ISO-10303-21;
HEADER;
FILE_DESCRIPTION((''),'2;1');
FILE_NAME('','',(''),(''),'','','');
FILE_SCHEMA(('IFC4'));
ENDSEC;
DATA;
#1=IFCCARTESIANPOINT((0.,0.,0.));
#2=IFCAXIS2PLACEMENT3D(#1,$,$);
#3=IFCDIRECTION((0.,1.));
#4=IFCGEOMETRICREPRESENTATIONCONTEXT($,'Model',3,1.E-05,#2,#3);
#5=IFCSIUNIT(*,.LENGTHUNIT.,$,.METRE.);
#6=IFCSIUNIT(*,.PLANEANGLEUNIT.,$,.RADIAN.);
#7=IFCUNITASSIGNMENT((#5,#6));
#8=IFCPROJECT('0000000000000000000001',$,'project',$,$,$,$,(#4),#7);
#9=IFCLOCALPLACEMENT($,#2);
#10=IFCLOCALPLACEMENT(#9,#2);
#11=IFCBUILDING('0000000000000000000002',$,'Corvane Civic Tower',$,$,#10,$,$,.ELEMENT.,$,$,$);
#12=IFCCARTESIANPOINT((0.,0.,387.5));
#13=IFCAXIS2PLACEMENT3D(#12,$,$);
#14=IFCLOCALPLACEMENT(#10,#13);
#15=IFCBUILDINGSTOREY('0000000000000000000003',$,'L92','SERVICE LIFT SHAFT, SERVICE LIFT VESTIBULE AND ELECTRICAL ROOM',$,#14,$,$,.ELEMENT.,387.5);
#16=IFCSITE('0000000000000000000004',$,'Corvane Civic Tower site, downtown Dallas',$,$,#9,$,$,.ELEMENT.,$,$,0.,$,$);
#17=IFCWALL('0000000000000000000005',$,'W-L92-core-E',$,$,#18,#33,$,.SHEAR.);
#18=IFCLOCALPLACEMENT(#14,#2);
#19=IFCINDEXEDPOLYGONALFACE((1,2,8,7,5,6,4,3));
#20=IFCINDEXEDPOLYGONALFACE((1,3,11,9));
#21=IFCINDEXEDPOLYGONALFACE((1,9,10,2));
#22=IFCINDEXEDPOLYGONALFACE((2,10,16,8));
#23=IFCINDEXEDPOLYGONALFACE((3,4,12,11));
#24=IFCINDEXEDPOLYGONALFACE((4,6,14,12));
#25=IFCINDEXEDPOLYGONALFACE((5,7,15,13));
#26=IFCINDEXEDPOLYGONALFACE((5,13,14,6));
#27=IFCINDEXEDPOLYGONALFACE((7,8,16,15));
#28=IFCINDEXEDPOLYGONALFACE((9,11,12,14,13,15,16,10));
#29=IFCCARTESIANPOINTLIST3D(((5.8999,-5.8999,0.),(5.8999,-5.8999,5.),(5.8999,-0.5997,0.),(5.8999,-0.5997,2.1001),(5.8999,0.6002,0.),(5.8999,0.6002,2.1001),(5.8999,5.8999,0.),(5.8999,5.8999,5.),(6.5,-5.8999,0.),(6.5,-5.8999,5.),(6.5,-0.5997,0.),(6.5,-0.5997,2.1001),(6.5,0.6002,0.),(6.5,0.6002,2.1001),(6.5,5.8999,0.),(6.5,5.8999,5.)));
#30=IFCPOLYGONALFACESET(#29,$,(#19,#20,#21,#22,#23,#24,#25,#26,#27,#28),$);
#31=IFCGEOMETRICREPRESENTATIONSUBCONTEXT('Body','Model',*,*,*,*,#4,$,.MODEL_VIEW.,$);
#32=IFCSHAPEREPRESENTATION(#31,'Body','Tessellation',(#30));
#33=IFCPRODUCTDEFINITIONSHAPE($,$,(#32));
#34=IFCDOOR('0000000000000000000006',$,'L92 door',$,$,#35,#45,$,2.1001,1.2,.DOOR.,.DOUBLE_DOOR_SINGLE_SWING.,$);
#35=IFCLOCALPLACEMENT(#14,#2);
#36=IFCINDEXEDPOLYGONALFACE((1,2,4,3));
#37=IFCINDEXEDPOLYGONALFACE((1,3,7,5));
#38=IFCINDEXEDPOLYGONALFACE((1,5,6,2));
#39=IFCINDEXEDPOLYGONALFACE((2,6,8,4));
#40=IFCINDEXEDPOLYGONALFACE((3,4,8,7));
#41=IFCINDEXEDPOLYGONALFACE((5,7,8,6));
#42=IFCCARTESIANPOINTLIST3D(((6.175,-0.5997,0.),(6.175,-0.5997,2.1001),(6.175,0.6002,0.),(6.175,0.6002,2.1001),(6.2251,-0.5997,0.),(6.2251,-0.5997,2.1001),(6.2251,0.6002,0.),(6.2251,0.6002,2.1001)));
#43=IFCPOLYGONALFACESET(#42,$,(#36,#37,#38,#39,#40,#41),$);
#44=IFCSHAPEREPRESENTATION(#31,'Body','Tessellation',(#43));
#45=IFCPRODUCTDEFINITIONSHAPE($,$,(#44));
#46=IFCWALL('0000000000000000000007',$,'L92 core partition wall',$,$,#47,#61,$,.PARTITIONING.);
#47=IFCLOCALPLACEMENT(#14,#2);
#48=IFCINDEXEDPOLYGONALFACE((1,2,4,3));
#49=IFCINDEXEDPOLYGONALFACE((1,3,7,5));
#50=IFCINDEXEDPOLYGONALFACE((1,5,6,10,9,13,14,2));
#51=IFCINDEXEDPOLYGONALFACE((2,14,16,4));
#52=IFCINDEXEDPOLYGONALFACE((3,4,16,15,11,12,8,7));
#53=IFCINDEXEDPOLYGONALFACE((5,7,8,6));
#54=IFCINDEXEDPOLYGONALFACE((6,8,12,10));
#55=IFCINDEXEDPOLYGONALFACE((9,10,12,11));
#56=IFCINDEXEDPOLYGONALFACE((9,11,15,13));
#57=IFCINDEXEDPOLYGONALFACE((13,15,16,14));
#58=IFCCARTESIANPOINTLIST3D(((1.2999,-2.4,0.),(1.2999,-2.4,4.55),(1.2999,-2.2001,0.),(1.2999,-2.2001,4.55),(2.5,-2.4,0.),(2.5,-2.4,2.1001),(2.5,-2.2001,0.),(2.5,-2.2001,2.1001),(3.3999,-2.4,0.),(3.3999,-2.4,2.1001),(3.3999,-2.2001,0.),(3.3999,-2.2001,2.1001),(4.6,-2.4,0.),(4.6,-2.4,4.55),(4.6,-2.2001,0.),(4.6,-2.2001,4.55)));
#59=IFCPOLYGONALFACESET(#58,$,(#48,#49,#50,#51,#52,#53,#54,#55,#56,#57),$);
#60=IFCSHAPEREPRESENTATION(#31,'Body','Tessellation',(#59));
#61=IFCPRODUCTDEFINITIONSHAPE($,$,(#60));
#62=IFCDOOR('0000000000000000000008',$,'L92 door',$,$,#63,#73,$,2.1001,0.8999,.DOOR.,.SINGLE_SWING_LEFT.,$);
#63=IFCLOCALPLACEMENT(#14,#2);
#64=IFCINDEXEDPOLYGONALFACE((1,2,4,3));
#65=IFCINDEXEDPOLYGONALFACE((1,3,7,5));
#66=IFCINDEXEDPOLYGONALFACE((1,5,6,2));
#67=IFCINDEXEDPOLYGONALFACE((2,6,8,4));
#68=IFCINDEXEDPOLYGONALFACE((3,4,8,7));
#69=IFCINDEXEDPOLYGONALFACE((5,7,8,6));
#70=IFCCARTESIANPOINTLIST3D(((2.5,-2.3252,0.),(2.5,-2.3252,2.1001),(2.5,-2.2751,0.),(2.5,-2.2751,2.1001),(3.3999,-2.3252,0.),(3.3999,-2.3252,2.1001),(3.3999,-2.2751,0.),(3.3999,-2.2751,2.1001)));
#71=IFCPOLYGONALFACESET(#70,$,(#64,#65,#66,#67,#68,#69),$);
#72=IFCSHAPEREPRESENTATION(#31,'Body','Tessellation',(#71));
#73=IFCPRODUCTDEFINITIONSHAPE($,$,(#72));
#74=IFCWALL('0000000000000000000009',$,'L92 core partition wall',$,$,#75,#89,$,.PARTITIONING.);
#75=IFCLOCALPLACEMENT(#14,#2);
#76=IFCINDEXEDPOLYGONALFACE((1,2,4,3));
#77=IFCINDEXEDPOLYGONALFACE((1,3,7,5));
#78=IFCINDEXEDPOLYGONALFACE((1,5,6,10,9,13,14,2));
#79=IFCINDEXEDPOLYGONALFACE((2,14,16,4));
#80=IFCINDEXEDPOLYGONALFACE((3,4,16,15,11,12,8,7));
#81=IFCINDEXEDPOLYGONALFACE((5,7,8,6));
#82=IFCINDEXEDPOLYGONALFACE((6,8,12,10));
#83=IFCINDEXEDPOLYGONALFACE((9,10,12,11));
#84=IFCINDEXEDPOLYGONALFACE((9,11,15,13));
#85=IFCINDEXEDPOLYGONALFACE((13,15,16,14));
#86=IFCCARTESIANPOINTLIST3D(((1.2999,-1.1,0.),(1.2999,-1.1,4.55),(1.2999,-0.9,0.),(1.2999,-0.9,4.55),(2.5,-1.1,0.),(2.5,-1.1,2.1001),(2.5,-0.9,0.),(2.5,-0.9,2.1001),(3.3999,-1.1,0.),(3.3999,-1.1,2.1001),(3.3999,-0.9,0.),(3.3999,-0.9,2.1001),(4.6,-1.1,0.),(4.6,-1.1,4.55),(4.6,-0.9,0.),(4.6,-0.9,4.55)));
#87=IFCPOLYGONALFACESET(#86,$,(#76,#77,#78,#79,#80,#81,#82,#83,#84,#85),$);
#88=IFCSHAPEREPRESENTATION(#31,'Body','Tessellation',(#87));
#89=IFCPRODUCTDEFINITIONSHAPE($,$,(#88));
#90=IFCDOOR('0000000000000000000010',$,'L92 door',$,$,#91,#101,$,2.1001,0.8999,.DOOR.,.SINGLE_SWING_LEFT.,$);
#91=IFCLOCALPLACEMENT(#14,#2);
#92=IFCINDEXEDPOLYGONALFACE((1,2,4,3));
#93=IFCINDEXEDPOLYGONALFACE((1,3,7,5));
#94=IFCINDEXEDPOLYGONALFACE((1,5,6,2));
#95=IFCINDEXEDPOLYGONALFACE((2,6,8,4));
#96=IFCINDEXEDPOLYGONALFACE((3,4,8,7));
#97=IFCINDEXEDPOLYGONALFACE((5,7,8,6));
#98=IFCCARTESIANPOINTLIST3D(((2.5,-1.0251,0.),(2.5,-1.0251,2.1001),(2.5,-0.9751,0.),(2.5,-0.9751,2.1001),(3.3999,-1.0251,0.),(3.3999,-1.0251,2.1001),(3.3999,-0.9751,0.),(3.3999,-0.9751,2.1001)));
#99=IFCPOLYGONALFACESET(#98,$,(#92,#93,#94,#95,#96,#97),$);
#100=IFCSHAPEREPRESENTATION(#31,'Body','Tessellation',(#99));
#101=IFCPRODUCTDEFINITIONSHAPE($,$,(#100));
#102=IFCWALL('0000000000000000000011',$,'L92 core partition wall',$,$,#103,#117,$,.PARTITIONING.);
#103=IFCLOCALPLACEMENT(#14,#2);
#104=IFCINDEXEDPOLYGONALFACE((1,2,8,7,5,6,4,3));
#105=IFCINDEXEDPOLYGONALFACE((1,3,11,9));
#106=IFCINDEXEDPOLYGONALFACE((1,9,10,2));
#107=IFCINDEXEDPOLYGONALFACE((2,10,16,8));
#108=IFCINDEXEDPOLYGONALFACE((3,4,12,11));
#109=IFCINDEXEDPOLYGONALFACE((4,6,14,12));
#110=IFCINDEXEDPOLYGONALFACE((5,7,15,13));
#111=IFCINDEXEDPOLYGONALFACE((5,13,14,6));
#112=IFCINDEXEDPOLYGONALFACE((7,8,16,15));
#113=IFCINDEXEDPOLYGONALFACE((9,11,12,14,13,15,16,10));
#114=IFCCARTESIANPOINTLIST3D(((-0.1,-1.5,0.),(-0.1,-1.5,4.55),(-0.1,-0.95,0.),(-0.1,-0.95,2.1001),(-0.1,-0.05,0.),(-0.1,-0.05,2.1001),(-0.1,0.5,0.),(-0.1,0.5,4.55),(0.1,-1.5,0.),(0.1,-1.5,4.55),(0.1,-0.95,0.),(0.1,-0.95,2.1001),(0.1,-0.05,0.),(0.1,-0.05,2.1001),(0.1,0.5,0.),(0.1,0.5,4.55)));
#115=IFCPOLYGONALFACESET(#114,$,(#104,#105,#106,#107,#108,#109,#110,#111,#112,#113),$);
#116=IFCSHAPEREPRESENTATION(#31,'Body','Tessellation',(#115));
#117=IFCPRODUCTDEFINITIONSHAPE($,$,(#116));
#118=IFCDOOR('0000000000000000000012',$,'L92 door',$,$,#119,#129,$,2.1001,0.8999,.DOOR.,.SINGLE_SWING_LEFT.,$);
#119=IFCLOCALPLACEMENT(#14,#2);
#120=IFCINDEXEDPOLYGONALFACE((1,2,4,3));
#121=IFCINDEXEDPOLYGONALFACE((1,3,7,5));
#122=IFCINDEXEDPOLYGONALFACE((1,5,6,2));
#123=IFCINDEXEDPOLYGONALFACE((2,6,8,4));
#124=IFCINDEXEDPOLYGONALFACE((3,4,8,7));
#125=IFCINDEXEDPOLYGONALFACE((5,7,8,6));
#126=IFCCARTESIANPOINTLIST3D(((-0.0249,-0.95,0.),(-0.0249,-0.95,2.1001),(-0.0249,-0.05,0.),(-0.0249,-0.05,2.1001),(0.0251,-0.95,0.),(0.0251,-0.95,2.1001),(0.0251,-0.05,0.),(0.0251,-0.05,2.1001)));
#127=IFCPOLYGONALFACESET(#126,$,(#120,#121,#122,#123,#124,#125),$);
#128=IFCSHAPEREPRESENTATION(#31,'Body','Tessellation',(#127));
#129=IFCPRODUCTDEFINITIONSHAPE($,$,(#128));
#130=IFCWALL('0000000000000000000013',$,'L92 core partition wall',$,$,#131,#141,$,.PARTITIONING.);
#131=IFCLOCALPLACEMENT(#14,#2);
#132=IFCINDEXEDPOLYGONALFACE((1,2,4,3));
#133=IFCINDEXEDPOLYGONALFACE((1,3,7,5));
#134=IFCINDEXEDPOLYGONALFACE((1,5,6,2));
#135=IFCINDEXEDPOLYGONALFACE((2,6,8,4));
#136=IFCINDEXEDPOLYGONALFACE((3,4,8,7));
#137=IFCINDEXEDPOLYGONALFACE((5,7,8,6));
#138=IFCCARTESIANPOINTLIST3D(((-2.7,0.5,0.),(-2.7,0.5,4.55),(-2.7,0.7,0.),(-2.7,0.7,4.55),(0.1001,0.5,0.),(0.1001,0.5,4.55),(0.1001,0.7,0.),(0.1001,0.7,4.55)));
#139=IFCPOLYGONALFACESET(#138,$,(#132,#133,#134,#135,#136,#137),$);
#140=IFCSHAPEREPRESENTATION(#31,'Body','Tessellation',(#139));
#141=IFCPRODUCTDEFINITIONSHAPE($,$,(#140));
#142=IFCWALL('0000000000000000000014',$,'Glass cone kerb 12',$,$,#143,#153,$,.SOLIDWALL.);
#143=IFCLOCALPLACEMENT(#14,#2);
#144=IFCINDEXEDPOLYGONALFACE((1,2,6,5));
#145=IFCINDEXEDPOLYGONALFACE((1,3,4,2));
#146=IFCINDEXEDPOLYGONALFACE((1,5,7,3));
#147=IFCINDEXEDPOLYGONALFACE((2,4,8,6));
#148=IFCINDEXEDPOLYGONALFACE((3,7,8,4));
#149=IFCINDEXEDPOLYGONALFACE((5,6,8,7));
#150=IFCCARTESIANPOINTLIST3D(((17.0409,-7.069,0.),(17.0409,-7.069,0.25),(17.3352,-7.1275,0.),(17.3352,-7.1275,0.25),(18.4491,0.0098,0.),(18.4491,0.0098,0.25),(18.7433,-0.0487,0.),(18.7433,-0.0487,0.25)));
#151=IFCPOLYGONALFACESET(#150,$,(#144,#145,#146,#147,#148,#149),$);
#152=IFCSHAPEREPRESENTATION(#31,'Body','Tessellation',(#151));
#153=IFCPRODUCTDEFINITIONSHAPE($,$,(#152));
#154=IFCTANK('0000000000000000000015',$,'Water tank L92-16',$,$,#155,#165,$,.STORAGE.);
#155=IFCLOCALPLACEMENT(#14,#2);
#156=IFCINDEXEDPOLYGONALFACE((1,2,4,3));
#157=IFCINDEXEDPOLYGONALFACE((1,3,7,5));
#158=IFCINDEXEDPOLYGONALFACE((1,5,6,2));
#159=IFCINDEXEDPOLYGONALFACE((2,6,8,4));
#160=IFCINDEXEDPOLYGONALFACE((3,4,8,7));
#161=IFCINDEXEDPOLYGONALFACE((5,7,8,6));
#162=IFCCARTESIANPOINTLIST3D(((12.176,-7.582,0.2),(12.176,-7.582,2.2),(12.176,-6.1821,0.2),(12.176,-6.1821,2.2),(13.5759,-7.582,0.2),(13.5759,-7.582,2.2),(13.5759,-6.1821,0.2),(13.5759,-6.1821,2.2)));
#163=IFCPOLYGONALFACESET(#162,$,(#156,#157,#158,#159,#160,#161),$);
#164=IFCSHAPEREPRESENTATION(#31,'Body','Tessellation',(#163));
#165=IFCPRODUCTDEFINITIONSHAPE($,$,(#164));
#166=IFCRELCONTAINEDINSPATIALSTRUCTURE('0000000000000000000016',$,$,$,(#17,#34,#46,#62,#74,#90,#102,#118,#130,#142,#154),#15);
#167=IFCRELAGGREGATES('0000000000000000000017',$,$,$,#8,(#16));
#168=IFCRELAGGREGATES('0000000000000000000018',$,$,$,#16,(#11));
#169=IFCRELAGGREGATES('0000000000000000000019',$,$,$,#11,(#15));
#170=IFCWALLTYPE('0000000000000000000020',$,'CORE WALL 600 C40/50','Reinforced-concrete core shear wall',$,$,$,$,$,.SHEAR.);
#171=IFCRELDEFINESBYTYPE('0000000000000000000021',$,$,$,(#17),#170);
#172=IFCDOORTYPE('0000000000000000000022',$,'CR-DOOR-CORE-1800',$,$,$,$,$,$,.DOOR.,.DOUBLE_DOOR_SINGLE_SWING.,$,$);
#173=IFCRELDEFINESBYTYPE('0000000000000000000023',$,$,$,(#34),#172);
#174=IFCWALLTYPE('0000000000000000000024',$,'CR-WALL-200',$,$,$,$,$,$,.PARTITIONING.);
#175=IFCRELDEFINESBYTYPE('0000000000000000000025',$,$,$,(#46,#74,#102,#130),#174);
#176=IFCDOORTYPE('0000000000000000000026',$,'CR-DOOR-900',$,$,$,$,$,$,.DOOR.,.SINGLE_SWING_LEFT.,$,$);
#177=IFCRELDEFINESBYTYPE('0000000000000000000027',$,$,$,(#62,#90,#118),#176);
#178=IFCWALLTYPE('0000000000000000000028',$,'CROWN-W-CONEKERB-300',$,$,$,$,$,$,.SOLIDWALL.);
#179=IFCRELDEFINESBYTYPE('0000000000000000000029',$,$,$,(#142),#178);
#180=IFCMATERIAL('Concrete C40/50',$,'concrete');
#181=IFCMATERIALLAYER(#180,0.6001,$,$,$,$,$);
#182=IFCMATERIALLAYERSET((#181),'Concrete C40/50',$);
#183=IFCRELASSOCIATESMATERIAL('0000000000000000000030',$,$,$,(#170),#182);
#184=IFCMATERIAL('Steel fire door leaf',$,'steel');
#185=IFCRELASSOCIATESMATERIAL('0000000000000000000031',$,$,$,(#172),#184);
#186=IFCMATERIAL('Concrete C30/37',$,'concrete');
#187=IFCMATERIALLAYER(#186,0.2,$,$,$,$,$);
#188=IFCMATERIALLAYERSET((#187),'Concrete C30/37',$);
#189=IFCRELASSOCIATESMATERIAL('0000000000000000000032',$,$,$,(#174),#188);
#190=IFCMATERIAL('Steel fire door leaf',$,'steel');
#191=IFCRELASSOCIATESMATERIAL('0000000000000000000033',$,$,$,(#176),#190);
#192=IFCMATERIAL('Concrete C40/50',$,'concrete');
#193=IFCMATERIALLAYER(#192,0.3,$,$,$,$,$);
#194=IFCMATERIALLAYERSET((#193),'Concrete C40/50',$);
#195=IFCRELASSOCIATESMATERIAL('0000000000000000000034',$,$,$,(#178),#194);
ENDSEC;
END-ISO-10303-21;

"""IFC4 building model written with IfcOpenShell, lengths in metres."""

from ifc_helpers import new_model, si_unit, direction, frame, frame_2d, origin, origin_2d, place, context, subcontext, project, spatial, polyline, rectangle, outline, extrude, material, layer, layer_set, type_object, element, fill, save


model = new_model("IFC4")

# Units and contexts
model_context = context("Model", 3, precision=1e-05, world=origin(), true_north=direction((0.0, 1.0)))
body_context = subcontext(model_context, "Body", "Model", "MODEL_VIEW")
ifc_project = project(units=[si_unit("LENGTHUNIT", "METRE"), si_unit("PLANEANGLEUNIT", "RADIAN")], contexts=[model_context])

# Site, building, storey
site_placement = place(None, origin())
site = spatial("IfcSite", under=ifc_project, at=site_placement, Name="Corvane Civic Tower site, downtown Dallas", CompositionType="ELEMENT", RefElevation=0.0)
building_placement = place(site_placement, origin())
building = spatial("IfcBuilding", under=site, at=building_placement, Name="Corvane Civic Tower", CompositionType="ELEMENT")
storey_placement = place(building_placement, frame((0.0, 0.0, 387.5)))
storey = spatial("IfcBuildingStorey", under=building, at=storey_placement, Name="L92", Description="SERVICE LIFT SHAFT, SERVICE LIFT VESTIBULE AND ELECTRICAL ROOM", CompositionType="ELEMENT", Elevation=387.5)

# Walls, openings, doors
ifc_material_1 = material(Name="Concrete C40/50", Category="concrete")
ifc_layer_1 = layer(ifc_material_1, 0.6001)
ifc_layer_set_1 = layer_set([ifc_layer_1], Name="Concrete C40/50")
wall_type_1 = type_object("IfcWallType", Name="CORE WALL 600 C40/50", Description="Reinforced-concrete core shear wall", PredefinedType="SHEAR", material=ifc_layer_set_1)
wall_1_placement = place(storey_placement, frame((6.2, -5.8999, 0.0), z_axis=(0.0, 0.0, 1.0), x_axis=(0.0, 1.0, 0.0)))
wall_1 = element("IfcWall", 1, at=wall_1_placement, inside=storey, type_object=wall_type_1, Name="W-L92-core-E", PredefinedType="SHEAR", context=body_context, shape_type="SweptSolid", body=[
    extrude(rectangle(XDim=11.7998, YDim=0.6001, at=frame_2d((5.8999, 0.0))), origin(), (0.0, 0.0, 1.0), 5.0),
])
opening_1_placement = place(wall_1_placement, frame((5.3, 0.0, 0.0)))
opening_1 = element("IfcOpeningElement", 2, at=opening_1_placement, cuts=wall_1, PredefinedType="OPENING", context=body_context, shape_type="SweptSolid", body=[
    extrude(rectangle(XDim=1.2, YDim=2.1001, at=frame_2d((0.6001, 1.05))), frame((0.0, 0.3101, 0.0), z_axis=(0.0, -1.0, 0.0), x_axis=(1.0, 0.0, 0.0)), (0.0, 0.0, 1.0), 0.6201),
])
ifc_material_2 = material(Name="Steel fire door leaf", Category="steel")
door_type_1 = type_object("IfcDoorType", Name="CR-DOOR-CORE-1800", OperationType="DOUBLE_DOOR_SINGLE_SWING", PredefinedType="DOOR", material=ifc_material_2)
door_1_placement = place(opening_1_placement, origin())
door_1 = element("IfcDoor", 3, at=door_1_placement, inside=storey, type_object=door_type_1, Name="L92 door", OperationType="DOUBLE_DOOR_SINGLE_SWING", OverallHeight=2.1001, OverallWidth=1.2, PredefinedType="DOOR", context=body_context, shape_type="SweptSolid", body=[
    extrude(rectangle(XDim=1.2, YDim=2.1001, at=frame_2d((0.6001, 1.05))), frame((0.0, 0.0249, 0.0), z_axis=(0.0, -1.0, 0.0), x_axis=(1.0, 0.0, 0.0)), (0.0, 0.0, 1.0), 0.05),
])
fill(opening_1, door_1)
ifc_material_3 = material(Name="Concrete C30/37", Category="concrete")
ifc_layer_2 = layer(ifc_material_3, 0.2)
ifc_layer_set_2 = layer_set([ifc_layer_2], Name="Concrete C30/37")
wall_type_2 = type_object("IfcWallType", Name="CR-WALL-200", PredefinedType="PARTITIONING", material=ifc_layer_set_2)
wall_2_placement = place(storey_placement, frame((1.3, -2.3, 0.0), z_axis=(0.0, 0.0, 1.0), x_axis=(1.0, 0.0, 0.0)))
wall_2 = element("IfcWall", 4, at=wall_2_placement, inside=storey, type_object=wall_type_2, Name="L92 core partition wall", PredefinedType="PARTITIONING", context=body_context, shape_type="SweptSolid", body=[
    extrude(rectangle(XDim=3.3, YDim=0.2, at=frame_2d((1.6499, 0.0))), origin(), (0.0, 0.0, 1.0), 4.55),
])
opening_2_placement = place(wall_2_placement, frame((1.2, 0.0, 0.0)))
opening_2 = element("IfcOpeningElement", 5, at=opening_2_placement, cuts=wall_2, PredefinedType="OPENING", context=body_context, shape_type="SweptSolid", body=[
    extrude(rectangle(XDim=0.8999, YDim=2.1001, at=frame_2d((0.45, 1.05))), frame((0.0, 0.1099, 0.0), z_axis=(0.0, -1.0, 0.0), x_axis=(1.0, 0.0, 0.0)), (0.0, 0.0, 1.0), 0.22),
])
ifc_material_4 = material(Name="Steel fire door leaf", Category="steel")
door_type_2 = type_object("IfcDoorType", Name="CR-DOOR-900", OperationType="SINGLE_SWING_LEFT", PredefinedType="DOOR", material=ifc_material_4)
door_2_placement = place(opening_2_placement, origin())
door_2 = element("IfcDoor", 6, at=door_2_placement, inside=storey, type_object=door_type_2, Name="L92 door", OperationType="SINGLE_SWING_LEFT", OverallHeight=2.1001, OverallWidth=0.8999, PredefinedType="DOOR", context=body_context, shape_type="SweptSolid", body=[
    extrude(rectangle(XDim=0.8999, YDim=2.1001, at=frame_2d((0.45, 1.05))), frame((0.0, 0.0249, 0.0), z_axis=(0.0, -1.0, 0.0), x_axis=(1.0, 0.0, 0.0)), (0.0, 0.0, 1.0), 0.05),
])
fill(opening_2, door_2)
wall_3_placement = place(storey_placement, frame((1.3, -1.0, 0.0), z_axis=(0.0, 0.0, 1.0), x_axis=(1.0, 0.0, 0.0)))
wall_3 = element("IfcWall", 7, at=wall_3_placement, inside=storey, type_object=wall_type_2, Name="L92 core partition wall", PredefinedType="PARTITIONING", context=body_context, shape_type="SweptSolid", body=[
    extrude(rectangle(XDim=3.3, YDim=0.2, at=frame_2d((1.6499, 0.0))), origin(), (0.0, 0.0, 1.0), 4.55),
])
opening_3_placement = place(wall_3_placement, frame((1.2, 0.0, 0.0)))
opening_3 = element("IfcOpeningElement", 8, at=opening_3_placement, cuts=wall_3, PredefinedType="OPENING", context=body_context, shape_type="SweptSolid", body=[
    extrude(rectangle(XDim=0.8999, YDim=2.1001, at=frame_2d((0.45, 1.05))), frame((0.0, 0.1099, 0.0), z_axis=(0.0, -1.0, 0.0), x_axis=(1.0, 0.0, 0.0)), (0.0, 0.0, 1.0), 0.22),
])
door_3_placement = place(opening_3_placement, origin())
door_3 = element("IfcDoor", 9, at=door_3_placement, inside=storey, type_object=door_type_2, Name="L92 door", OperationType="SINGLE_SWING_LEFT", OverallHeight=2.1001, OverallWidth=0.8999, PredefinedType="DOOR", context=body_context, shape_type="SweptSolid", body=[
    extrude(rectangle(XDim=0.8999, YDim=2.1001, at=frame_2d((0.45, 1.05))), frame((0.0, 0.0249, 0.0), z_axis=(0.0, -1.0, 0.0), x_axis=(1.0, 0.0, 0.0)), (0.0, 0.0, 1.0), 0.05),
])
fill(opening_3, door_3)
wall_4_placement = place(storey_placement, frame((0.0, -1.5, 0.0), z_axis=(0.0, 0.0, 1.0), x_axis=(0.0, 1.0, 0.0)))
wall_4 = element("IfcWall", 10, at=wall_4_placement, inside=storey, type_object=wall_type_2, Name="L92 core partition wall", PredefinedType="PARTITIONING", context=body_context, shape_type="SweptSolid", body=[
    extrude(rectangle(XDim=2.0, YDim=0.2, at=frame_2d((1.0, 0.0))), origin(), (0.0, 0.0, 1.0), 4.55),
])
opening_4_placement = place(wall_4_placement, frame((0.55, 0.0, 0.0)))
opening_4 = element("IfcOpeningElement", 11, at=opening_4_placement, cuts=wall_4, PredefinedType="OPENING", context=body_context, shape_type="SweptSolid", body=[
    extrude(rectangle(XDim=0.8999, YDim=2.1001, at=frame_2d((0.45, 1.05))), frame((0.0, 0.1099, 0.0), z_axis=(0.0, -1.0, 0.0), x_axis=(1.0, 0.0, 0.0)), (0.0, 0.0, 1.0), 0.22),
])
door_4_placement = place(opening_4_placement, origin())
door_4 = element("IfcDoor", 12, at=door_4_placement, inside=storey, type_object=door_type_2, Name="L92 door", OperationType="SINGLE_SWING_LEFT", OverallHeight=2.1001, OverallWidth=0.8999, PredefinedType="DOOR", context=body_context, shape_type="SweptSolid", body=[
    extrude(rectangle(XDim=0.8999, YDim=2.1001, at=frame_2d((0.45, 1.05))), frame((0.0, 0.0249, 0.0), z_axis=(0.0, -1.0, 0.0), x_axis=(1.0, 0.0, 0.0)), (0.0, 0.0, 1.0), 0.05),
])
fill(opening_4, door_4)

# Walls
wall_5_placement = place(storey_placement, origin())
element("IfcWall", 13, at=wall_5_placement, inside=storey, type_object=wall_type_2, Name="L92 core partition wall", PredefinedType="PARTITIONING", context=body_context, shape_type="SweptSolid", body=[
    extrude(outline(polyline([(0.1001, 0.7), (0.1001, 0.5), (-2.7, 0.5), (-2.7, 0.7), (0.1001, 0.7)])), origin(), (0.0, 0.0, 1.0), 4.55),
])
ifc_material_5 = material(Name="Concrete C40/50", Category="concrete")
ifc_layer_3 = layer(ifc_material_5, 0.3)
ifc_layer_set_3 = layer_set([ifc_layer_3], Name="Concrete C40/50")
wall_type_3 = type_object("IfcWallType", Name="CROWN-W-CONEKERB-300", PredefinedType="SOLIDWALL", material=ifc_layer_set_3)
wall_6_placement = place(storey_placement, frame((17.188, -7.0984, 0.0), z_axis=(0.0, 0.0, 1.0), x_axis=(0.195108, 0.980782, 0.0)))
element("IfcWall", 14, at=wall_6_placement, inside=storey, type_object=wall_type_3, Name="Glass cone kerb 12", PredefinedType="SOLIDWALL", context=body_context, shape_type="SweptSolid", body=[
    extrude(rectangle(XDim=7.2175, YDim=0.3, at=frame_2d((3.6089, 0.0))), origin(), (0.0, 0.0, 1.0), 0.25),
])

# Tank
tank_placement = place(storey_placement, frame((12.876, -6.8821, 0.2), z_axis=(0.0, 0.0, 1.0), x_axis=(1.0, 0.0, 0.0)))
element("IfcTank", 15, at=tank_placement, inside=storey, Name="Water tank L92-16", PredefinedType="STORAGE", context=body_context, shape_type="SweptSolid", body=[
    extrude(rectangle(XDim=1.3999, YDim=1.3999, at=origin_2d()), origin(), (0.0, 0.0, 1.0), 2.0),
])

save(model, "model.ifc")
